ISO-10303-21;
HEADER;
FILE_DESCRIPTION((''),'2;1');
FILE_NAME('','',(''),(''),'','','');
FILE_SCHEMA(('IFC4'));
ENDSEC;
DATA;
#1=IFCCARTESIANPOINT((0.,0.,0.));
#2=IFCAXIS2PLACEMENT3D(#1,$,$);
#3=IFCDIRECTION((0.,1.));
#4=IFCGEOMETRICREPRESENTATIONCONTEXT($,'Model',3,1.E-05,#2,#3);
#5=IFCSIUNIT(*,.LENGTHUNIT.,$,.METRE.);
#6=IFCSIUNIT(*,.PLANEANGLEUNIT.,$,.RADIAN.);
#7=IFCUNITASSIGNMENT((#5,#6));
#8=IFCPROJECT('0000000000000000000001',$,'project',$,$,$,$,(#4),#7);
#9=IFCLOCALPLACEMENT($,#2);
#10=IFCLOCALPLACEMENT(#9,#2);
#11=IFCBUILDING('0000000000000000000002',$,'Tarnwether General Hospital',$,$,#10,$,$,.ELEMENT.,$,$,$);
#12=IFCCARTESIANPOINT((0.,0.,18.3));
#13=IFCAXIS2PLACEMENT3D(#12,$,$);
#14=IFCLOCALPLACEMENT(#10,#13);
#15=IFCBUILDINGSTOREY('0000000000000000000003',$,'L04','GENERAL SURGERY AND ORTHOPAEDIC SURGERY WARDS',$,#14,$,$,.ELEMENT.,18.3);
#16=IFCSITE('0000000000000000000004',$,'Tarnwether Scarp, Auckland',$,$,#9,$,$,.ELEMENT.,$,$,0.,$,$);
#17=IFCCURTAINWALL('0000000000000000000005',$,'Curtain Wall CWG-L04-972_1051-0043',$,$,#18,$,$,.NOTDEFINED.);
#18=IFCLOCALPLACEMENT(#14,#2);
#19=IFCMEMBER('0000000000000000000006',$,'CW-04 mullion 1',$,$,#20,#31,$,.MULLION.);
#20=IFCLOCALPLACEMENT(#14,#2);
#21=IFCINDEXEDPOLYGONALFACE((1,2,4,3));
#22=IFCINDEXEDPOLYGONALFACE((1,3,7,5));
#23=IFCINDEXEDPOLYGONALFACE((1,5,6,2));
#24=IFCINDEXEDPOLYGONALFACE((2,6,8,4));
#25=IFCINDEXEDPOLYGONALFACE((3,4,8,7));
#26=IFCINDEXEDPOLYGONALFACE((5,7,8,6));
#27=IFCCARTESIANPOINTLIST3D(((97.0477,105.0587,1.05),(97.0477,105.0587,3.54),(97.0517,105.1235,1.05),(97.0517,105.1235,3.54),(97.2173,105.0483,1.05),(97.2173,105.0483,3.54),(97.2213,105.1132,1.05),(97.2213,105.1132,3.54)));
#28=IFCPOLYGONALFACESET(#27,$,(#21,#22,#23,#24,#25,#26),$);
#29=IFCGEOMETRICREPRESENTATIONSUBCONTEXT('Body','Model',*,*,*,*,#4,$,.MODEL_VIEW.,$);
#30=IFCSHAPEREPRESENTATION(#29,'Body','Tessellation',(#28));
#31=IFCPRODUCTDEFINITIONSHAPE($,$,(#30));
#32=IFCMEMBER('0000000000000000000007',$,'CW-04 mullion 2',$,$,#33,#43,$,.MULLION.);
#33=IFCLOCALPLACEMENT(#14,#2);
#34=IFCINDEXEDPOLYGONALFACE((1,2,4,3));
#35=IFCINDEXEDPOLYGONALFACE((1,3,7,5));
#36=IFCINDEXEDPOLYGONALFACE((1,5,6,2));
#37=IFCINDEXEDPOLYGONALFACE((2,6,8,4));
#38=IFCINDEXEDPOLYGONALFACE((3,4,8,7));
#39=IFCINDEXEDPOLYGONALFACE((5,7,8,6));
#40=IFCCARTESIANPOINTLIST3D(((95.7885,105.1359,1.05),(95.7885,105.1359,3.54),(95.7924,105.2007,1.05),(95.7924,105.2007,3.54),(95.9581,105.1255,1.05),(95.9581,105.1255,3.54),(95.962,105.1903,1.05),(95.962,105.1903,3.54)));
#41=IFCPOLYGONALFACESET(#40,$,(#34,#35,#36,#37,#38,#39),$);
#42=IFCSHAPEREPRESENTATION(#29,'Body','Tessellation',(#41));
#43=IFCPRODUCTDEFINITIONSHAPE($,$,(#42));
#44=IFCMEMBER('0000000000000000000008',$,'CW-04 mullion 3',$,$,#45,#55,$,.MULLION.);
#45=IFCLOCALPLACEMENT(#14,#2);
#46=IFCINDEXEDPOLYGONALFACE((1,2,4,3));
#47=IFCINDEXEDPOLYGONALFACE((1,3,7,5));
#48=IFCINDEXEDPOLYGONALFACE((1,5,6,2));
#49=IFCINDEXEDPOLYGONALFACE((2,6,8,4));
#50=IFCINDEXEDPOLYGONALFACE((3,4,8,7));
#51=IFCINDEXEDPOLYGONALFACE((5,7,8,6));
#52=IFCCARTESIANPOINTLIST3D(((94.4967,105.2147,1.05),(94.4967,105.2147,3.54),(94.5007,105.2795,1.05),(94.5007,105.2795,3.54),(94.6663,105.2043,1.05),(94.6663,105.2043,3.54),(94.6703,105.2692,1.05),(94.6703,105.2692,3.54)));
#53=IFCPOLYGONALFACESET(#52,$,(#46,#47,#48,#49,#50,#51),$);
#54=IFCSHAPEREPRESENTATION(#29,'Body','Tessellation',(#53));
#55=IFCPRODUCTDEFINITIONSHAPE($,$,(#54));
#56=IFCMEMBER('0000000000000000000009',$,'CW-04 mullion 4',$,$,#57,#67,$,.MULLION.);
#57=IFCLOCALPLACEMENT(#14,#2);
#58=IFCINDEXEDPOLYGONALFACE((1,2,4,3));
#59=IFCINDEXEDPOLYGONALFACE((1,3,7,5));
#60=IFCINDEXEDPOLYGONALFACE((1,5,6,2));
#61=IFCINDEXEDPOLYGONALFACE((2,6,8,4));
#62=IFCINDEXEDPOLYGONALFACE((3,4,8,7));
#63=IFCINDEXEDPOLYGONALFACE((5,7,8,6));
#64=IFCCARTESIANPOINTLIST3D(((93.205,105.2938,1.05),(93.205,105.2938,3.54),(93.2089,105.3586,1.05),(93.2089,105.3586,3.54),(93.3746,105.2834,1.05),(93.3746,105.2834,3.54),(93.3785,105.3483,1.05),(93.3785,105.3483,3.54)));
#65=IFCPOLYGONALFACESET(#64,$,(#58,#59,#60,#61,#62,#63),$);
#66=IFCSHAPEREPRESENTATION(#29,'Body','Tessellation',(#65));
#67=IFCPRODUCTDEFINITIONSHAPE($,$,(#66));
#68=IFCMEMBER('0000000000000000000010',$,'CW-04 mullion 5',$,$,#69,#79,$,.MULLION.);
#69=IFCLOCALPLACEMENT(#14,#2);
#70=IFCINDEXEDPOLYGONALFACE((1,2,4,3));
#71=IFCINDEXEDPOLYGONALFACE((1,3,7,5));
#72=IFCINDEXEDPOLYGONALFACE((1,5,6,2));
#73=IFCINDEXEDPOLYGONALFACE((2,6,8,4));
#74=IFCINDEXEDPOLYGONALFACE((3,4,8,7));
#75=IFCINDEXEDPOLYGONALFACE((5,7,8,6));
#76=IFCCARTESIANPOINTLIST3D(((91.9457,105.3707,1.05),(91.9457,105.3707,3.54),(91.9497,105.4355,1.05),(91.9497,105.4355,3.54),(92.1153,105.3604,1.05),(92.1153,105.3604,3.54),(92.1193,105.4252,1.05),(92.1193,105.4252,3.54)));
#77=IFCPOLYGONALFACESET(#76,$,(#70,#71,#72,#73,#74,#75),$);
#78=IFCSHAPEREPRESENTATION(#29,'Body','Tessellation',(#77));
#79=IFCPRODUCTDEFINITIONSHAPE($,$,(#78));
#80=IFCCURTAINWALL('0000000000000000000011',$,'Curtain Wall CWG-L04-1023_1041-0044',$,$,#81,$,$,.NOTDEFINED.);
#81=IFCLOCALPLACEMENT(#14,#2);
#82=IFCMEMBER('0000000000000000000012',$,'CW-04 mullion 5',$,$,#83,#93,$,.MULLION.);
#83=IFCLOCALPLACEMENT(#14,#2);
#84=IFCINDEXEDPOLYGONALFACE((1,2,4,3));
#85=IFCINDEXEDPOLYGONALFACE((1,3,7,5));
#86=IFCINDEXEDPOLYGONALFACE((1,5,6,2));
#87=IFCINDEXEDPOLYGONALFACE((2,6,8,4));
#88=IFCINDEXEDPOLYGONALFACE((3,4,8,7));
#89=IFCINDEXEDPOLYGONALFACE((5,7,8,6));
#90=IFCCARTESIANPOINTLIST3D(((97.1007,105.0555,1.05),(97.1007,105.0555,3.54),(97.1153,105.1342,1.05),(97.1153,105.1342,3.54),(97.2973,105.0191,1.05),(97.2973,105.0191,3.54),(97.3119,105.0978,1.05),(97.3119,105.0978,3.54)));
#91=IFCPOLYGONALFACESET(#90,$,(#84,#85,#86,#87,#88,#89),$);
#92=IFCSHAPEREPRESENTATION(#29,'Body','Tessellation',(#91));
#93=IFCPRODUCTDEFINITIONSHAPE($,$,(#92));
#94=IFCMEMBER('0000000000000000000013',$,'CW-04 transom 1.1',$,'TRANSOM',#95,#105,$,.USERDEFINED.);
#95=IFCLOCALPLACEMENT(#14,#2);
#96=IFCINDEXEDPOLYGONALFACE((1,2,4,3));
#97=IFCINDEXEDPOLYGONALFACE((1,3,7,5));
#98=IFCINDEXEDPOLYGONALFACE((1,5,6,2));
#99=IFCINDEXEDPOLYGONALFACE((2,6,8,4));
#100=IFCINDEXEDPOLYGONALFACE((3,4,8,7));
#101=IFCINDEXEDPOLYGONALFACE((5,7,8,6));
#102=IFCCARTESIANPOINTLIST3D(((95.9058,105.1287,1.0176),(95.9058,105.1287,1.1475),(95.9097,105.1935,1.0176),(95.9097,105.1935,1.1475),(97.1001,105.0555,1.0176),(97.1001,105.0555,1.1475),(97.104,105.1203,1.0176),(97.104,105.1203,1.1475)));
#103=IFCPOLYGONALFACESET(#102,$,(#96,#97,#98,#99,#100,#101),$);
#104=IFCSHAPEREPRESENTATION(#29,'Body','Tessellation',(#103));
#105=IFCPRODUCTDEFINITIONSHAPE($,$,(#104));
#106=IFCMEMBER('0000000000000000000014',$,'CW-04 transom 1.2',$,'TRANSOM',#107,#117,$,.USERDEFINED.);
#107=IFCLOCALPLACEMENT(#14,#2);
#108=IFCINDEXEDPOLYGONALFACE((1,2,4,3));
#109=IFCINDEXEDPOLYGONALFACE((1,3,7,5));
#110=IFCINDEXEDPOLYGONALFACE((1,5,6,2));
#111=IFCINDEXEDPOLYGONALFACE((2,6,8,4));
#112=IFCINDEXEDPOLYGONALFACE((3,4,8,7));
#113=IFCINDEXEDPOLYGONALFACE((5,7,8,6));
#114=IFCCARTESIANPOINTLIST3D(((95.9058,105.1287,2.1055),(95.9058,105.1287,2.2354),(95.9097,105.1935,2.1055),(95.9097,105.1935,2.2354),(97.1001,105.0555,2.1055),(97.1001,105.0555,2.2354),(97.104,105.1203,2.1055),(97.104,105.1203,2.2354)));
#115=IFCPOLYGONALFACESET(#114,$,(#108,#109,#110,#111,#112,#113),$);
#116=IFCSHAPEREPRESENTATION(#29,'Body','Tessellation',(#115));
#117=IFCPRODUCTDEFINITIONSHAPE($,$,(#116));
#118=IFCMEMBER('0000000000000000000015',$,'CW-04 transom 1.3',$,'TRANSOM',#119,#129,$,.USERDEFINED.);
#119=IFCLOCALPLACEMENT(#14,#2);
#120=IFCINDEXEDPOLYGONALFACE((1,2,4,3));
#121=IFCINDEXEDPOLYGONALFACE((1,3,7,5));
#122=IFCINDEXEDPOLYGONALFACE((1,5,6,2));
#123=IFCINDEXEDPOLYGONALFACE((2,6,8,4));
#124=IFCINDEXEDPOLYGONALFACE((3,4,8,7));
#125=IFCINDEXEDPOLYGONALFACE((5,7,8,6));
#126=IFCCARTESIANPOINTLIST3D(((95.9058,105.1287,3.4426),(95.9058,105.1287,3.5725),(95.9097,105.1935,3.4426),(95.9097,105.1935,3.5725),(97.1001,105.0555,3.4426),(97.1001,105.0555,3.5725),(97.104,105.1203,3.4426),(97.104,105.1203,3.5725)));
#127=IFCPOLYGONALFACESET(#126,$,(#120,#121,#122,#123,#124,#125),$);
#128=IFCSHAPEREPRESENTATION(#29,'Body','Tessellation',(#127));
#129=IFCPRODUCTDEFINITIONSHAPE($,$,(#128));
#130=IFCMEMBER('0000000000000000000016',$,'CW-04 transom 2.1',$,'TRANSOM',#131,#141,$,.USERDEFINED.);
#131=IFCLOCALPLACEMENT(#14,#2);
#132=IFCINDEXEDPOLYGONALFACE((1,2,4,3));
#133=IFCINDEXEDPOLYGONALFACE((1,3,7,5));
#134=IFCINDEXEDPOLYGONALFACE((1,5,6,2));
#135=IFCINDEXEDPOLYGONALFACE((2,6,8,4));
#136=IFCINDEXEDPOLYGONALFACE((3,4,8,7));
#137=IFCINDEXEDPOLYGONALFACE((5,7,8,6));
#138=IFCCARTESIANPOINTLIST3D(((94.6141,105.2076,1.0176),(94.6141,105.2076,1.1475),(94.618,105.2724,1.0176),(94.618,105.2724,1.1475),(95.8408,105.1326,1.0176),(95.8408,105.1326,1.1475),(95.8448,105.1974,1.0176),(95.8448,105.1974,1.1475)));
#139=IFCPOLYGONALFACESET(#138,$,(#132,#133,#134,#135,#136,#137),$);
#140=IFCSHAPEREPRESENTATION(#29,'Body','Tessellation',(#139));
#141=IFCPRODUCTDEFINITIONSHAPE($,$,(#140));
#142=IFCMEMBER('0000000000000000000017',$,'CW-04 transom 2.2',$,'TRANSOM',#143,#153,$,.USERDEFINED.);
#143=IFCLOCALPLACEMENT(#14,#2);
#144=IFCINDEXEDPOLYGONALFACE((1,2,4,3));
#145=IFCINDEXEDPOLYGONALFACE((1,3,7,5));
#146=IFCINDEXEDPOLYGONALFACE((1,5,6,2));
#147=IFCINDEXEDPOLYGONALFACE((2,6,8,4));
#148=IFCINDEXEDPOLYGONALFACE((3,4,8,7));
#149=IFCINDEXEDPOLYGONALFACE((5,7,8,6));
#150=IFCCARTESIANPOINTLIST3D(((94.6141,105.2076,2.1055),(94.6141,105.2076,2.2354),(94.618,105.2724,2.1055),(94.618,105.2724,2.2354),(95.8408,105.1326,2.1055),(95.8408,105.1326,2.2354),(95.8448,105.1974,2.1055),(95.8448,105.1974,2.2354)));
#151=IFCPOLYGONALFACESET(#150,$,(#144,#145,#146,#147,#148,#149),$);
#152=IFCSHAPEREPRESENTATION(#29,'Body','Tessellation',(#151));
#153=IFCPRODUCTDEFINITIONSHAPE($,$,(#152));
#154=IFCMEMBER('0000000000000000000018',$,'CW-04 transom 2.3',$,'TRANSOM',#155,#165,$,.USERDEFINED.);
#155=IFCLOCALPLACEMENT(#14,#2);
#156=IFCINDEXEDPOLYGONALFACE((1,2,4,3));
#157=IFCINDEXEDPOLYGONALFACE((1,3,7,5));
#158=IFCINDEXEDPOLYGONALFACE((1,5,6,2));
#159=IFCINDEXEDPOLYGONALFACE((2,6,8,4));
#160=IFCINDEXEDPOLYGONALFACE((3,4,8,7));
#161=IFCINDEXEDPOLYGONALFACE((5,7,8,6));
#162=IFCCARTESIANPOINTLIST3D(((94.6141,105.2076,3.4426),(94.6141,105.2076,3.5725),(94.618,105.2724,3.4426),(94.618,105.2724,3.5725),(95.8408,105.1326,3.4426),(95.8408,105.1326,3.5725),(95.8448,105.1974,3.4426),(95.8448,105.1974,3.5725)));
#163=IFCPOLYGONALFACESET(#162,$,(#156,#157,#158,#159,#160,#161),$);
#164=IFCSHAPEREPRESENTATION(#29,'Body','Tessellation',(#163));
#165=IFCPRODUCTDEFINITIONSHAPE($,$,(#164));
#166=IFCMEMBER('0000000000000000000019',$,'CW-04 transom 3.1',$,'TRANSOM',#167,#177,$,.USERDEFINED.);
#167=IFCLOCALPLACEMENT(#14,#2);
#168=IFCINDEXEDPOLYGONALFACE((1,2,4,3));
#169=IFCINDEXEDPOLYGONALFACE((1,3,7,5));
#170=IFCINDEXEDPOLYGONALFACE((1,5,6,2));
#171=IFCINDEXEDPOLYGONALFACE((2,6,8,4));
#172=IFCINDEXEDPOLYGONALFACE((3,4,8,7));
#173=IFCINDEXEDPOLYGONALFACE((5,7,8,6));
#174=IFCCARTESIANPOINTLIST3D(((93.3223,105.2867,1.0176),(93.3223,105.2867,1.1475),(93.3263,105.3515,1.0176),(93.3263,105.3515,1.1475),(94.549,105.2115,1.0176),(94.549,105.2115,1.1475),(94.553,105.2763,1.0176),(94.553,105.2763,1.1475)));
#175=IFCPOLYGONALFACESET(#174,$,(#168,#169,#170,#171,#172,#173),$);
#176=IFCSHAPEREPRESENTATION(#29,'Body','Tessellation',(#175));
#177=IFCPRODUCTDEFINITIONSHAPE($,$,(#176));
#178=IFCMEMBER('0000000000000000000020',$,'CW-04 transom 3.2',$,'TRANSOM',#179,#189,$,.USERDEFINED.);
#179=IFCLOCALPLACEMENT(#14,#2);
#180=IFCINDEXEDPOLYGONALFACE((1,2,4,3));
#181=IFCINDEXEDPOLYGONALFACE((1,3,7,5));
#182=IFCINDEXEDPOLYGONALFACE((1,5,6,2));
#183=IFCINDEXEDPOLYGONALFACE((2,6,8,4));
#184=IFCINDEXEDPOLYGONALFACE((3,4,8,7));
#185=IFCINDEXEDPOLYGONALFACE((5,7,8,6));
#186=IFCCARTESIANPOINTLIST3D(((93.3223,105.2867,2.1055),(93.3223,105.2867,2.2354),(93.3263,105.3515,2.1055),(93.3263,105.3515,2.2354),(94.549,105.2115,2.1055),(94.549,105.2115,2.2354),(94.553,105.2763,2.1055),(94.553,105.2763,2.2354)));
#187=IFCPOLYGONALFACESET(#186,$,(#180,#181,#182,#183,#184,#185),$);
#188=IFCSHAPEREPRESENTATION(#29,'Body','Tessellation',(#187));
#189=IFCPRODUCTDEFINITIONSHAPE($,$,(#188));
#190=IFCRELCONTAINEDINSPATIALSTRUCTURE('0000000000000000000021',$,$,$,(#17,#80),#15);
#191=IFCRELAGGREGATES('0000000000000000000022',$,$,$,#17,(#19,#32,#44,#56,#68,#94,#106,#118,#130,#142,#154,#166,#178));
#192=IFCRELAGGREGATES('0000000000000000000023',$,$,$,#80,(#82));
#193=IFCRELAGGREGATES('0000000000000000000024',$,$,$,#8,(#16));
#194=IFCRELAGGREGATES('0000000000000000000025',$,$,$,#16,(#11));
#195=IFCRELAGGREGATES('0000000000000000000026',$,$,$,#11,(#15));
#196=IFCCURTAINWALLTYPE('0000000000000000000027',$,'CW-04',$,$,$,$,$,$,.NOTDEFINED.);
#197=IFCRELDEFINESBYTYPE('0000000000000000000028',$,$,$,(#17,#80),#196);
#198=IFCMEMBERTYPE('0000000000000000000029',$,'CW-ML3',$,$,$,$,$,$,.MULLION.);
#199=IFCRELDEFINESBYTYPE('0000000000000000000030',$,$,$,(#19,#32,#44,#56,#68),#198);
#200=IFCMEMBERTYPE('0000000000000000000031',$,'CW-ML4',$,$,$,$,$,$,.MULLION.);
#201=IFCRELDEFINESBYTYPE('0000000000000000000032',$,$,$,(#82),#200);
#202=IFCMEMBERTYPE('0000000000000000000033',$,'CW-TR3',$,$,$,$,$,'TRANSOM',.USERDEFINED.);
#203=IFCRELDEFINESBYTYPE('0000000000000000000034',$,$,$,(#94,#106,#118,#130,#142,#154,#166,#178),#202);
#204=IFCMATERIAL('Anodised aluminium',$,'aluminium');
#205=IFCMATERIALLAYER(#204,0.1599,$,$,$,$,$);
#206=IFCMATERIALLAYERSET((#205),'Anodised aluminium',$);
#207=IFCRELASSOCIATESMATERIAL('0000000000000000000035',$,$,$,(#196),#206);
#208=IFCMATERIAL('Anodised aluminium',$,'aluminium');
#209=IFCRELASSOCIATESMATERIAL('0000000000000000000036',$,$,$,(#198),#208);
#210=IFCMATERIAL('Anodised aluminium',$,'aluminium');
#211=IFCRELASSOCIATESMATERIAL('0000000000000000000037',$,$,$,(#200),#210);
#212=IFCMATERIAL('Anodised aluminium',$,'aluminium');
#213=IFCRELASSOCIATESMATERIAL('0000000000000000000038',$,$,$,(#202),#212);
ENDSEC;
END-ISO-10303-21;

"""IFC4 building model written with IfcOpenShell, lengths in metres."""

from ifc_helpers import new_model, si_unit, direction, frame, origin, origin_2d, place, context, subcontext, project, spatial, rectangle, extrude, material, layer, layer_set, material_profile, profile_set, type_object, element, aggregate, save


model = new_model("IFC4")

# Units and contexts
model_context = context("Model", 3, precision=1e-05, world=origin(), true_north=direction((0.0, 1.0)))
body_context = subcontext(model_context, "Body", "Model", "MODEL_VIEW")
ifc_project = project(units=[si_unit("LENGTHUNIT", "METRE"), si_unit("PLANEANGLEUNIT", "RADIAN")], contexts=[model_context])

# Site, building, storey
site_placement = place(None, origin())
site = spatial("IfcSite", under=ifc_project, at=site_placement, Name="Tarnwether Scarp, Auckland", CompositionType="ELEMENT", RefElevation=0.0)
building_placement = place(site_placement, origin())
building = spatial("IfcBuilding", under=site, at=building_placement, Name="Tarnwether General Hospital", CompositionType="ELEMENT")
storey_placement = place(building_placement, frame((0.0, 0.0, 18.3)))
storey = spatial("IfcBuildingStorey", under=building, at=storey_placement, Name="L04", Description="GENERAL SURGERY AND ORTHOPAEDIC SURGERY WARDS", CompositionType="ELEMENT", Elevation=18.3)

# Curtain wall, members
ifc_material_1 = material(Name="Anodised aluminium", Category="aluminium")
ifc_layer_1 = layer(ifc_material_1, 0.1599)
ifc_layer_set_1 = layer_set([ifc_layer_1], Name="Anodised aluminium")
curtain_wall_type = type_object("IfcCurtainWallType", Name="CW-04", PredefinedType="NOTDEFINED", material=ifc_layer_set_1)
curtain_wall_1_placement = place(storey_placement, origin())
curtain_wall_1 = element("IfcCurtainWall", 1, at=curtain_wall_1_placement, inside=storey, type_object=curtain_wall_type, Name="Curtain Wall CWG-L04-972_1051-0043", PredefinedType="NOTDEFINED")
ifc_material_2 = material(Name="Anodised aluminium", Category="aluminium")
ifc_material_profile_1 = material_profile(ifc_material_2, rectangle(XDim=0.0649, YDim=0.1699, at=origin_2d()), Name="ALU-MUL-65x170")
ifc_profile_set_1 = profile_set([ifc_material_profile_1], Name="Anodised aluminium")
member_type_1 = type_object("IfcMemberType", Name="CW-ML3", PredefinedType="MULLION", material=ifc_profile_set_1)
member_1_placement = place(storey_placement, frame((97.1345, 105.0859, 1.05), z_axis=(0.0, 0.0, 1.0), x_axis=(-0.061043, -0.998135, 0.0)))
member_1 = element("IfcMember", 2, at=member_1_placement, type_object=member_type_1, Name="CW-04 mullion 1", PredefinedType="MULLION", context=body_context, shape_type="SweptSolid", body=[
    extrude(rectangle(XDim=0.0649, YDim=0.1699, at=origin_2d()), origin(), (0.0, 0.0, 1.0), 2.49),
])
member_2_placement = place(storey_placement, frame((95.8752, 105.1631, 1.05), z_axis=(0.0, 0.0, 1.0), x_axis=(-0.061043, -0.998135, 0.0)))
member_2 = element("IfcMember", 3, at=member_2_placement, type_object=member_type_1, Name="CW-04 mullion 2", PredefinedType="MULLION", context=body_context, shape_type="SweptSolid", body=[
    extrude(rectangle(XDim=0.0649, YDim=0.1699, at=origin_2d()), origin(), (0.0, 0.0, 1.0), 2.49),
])
member_3_placement = place(storey_placement, frame((94.5835, 105.2419, 1.05), z_axis=(0.0, 0.0, 1.0), x_axis=(-0.061043, -0.998135, 0.0)))
member_3 = element("IfcMember", 4, at=member_3_placement, type_object=member_type_1, Name="CW-04 mullion 3", PredefinedType="MULLION", context=body_context, shape_type="SweptSolid", body=[
    extrude(rectangle(XDim=0.0649, YDim=0.1699, at=origin_2d()), origin(), (0.0, 0.0, 1.0), 2.49),
])
member_4_placement = place(storey_placement, frame((93.2917, 105.321, 1.05), z_axis=(0.0, 0.0, 1.0), x_axis=(-0.061043, -0.998135, 0.0)))
member_4 = element("IfcMember", 5, at=member_4_placement, type_object=member_type_1, Name="CW-04 mullion 4", PredefinedType="MULLION", context=body_context, shape_type="SweptSolid", body=[
    extrude(rectangle(XDim=0.0649, YDim=0.1699, at=origin_2d()), origin(), (0.0, 0.0, 1.0), 2.49),
])
member_5_placement = place(storey_placement, frame((92.0325, 105.3979, 1.05), z_axis=(0.0, 0.0, 1.0), x_axis=(-0.061043, -0.998135, 0.0)))
member_5 = element("IfcMember", 6, at=member_5_placement, type_object=member_type_1, Name="CW-04 mullion 5", PredefinedType="MULLION", context=body_context, shape_type="SweptSolid", body=[
    extrude(rectangle(XDim=0.0649, YDim=0.1699, at=origin_2d()), origin(), (0.0, 0.0, 1.0), 2.49),
])

# Curtain wall, member
curtain_wall_2_placement = place(storey_placement, origin())
curtain_wall_2 = element("IfcCurtainWall", 7, at=curtain_wall_2_placement, inside=storey, type_object=curtain_wall_type, Name="Curtain Wall CWG-L04-1023_1041-0044", PredefinedType="NOTDEFINED")
ifc_material_3 = material(Name="Anodised aluminium", Category="aluminium")
ifc_material_profile_2 = material_profile(ifc_material_3, rectangle(XDim=0.0801, YDim=0.2, at=origin_2d()), Name="ALU-MUL-80x200")
ifc_profile_set_2 = profile_set([ifc_material_profile_2], Name="Anodised aluminium")
member_type_2 = type_object("IfcMemberType", Name="CW-ML4", PredefinedType="MULLION", material=ifc_profile_set_2)
member_6_placement = place(storey_placement, frame((97.2063, 105.0767, 1.05), z_axis=(0.0, 0.0, 1.0), x_axis=(-0.182165, -0.983268, 0.0)))
member_6 = element("IfcMember", 8, at=member_6_placement, type_object=member_type_2, Name="CW-04 mullion 5", PredefinedType="MULLION", context=body_context, shape_type="SweptSolid", body=[
    extrude(rectangle(XDim=0.0801, YDim=0.2, at=origin_2d()), origin(), (0.0, 0.0, 1.0), 2.49),
])

# Members
ifc_material_4 = material(Name="Anodised aluminium", Category="aluminium")
ifc_material_profile_3 = material_profile(ifc_material_4, rectangle(XDim=0.0649, YDim=0.1299, at=origin_2d()), Name="ALU-TRN-65x130")
ifc_profile_set_3 = profile_set([ifc_material_profile_3], Name="Anodised aluminium")
member_type_3 = type_object("IfcMemberType", Name="CW-TR3", ElementType="TRANSOM", PredefinedType="USERDEFINED", material=ifc_profile_set_3)
member_7_placement = place(storey_placement, frame((97.1021, 105.0879, 1.0825), z_axis=(-0.998125, 0.06121, 0.0), x_axis=(-0.06121, -0.998125, 0.0)))
member_7 = element("IfcMember", 9, at=member_7_placement, type_object=member_type_3, Name="CW-04 transom 1.1", ObjectType="TRANSOM", PredefinedType="USERDEFINED", context=body_context, shape_type="SweptSolid", body=[
    extrude(rectangle(XDim=0.0649, YDim=0.1299, at=origin_2d()), origin(), (0.0, 0.0, 1.0), 1.1965),
])
member_8_placement = place(storey_placement, frame((97.1021, 105.0879, 2.1704), z_axis=(-0.998125, 0.06121, 0.0), x_axis=(-0.06121, -0.998125, 0.0)))
member_8 = element("IfcMember", 10, at=member_8_placement, type_object=member_type_3, Name="CW-04 transom 1.2", ObjectType="TRANSOM", PredefinedType="USERDEFINED", context=body_context, shape_type="SweptSolid", body=[
    extrude(rectangle(XDim=0.0649, YDim=0.1299, at=origin_2d()), origin(), (0.0, 0.0, 1.0), 1.1965),
])
member_9_placement = place(storey_placement, frame((97.1021, 105.0879, 3.5076), z_axis=(-0.998125, 0.06121, 0.0), x_axis=(-0.06121, -0.998125, 0.0)))
member_9 = element("IfcMember", 11, at=member_9_placement, type_object=member_type_3, Name="CW-04 transom 1.3", ObjectType="TRANSOM", PredefinedType="USERDEFINED", context=body_context, shape_type="SweptSolid", body=[
    extrude(rectangle(XDim=0.0649, YDim=0.1299, at=origin_2d()), origin(), (0.0, 0.0, 1.0), 1.1965),
])
member_10_placement = place(storey_placement, frame((95.8428, 105.165, 1.0825), z_axis=(-0.998139, 0.060981, 0.0), x_axis=(-0.060981, -0.998139, 0.0)))
member_10 = element("IfcMember", 12, at=member_10_placement, type_object=member_type_3, Name="CW-04 transom 2.1", ObjectType="TRANSOM", PredefinedType="USERDEFINED", context=body_context, shape_type="SweptSolid", body=[
    extrude(rectangle(XDim=0.0649, YDim=0.1299, at=origin_2d()), origin(), (0.0, 0.0, 1.0), 1.229),
])
member_11_placement = place(storey_placement, frame((95.8428, 105.165, 2.1704), z_axis=(-0.998139, 0.060981, 0.0), x_axis=(-0.060981, -0.998139, 0.0)))
member_11 = element("IfcMember", 13, at=member_11_placement, type_object=member_type_3, Name="CW-04 transom 2.2", ObjectType="TRANSOM", PredefinedType="USERDEFINED", context=body_context, shape_type="SweptSolid", body=[
    extrude(rectangle(XDim=0.0649, YDim=0.1299, at=origin_2d()), origin(), (0.0, 0.0, 1.0), 1.229),
])
member_12_placement = place(storey_placement, frame((95.8428, 105.165, 3.5076), z_axis=(-0.998139, 0.060981, 0.0), x_axis=(-0.060981, -0.998139, 0.0)))
member_12 = element("IfcMember", 14, at=member_12_placement, type_object=member_type_3, Name="CW-04 transom 2.3", ObjectType="TRANSOM", PredefinedType="USERDEFINED", context=body_context, shape_type="SweptSolid", body=[
    extrude(rectangle(XDim=0.0649, YDim=0.1299, at=origin_2d()), origin(), (0.0, 0.0, 1.0), 1.229),
])
member_13_placement = place(storey_placement, frame((94.551, 105.2439, 1.0825), z_axis=(-0.998127, 0.061179, 0.0), x_axis=(-0.061179, -0.998127, 0.0)))
member_13 = element("IfcMember", 15, at=member_13_placement, type_object=member_type_3, Name="CW-04 transom 3.1", ObjectType="TRANSOM", PredefinedType="USERDEFINED", context=body_context, shape_type="SweptSolid", body=[
    extrude(rectangle(XDim=0.0649, YDim=0.1299, at=origin_2d()), origin(), (0.0, 0.0, 1.0), 1.229),
])
member_14_placement = place(storey_placement, frame((94.551, 105.2439, 2.1704), z_axis=(-0.998127, 0.061179, 0.0), x_axis=(-0.061179, -0.998127, 0.0)))
member_14 = element("IfcMember", 16, at=member_14_placement, type_object=member_type_3, Name="CW-04 transom 3.2", ObjectType="TRANSOM", PredefinedType="USERDEFINED", context=body_context, shape_type="SweptSolid", body=[
    extrude(rectangle(XDim=0.0649, YDim=0.1299, at=origin_2d()), origin(), (0.0, 0.0, 1.0), 1.229),
])

aggregate(curtain_wall_1, [member_1, member_2, member_3, member_4, member_5, member_7, member_8, member_9, member_10, member_11, member_12, member_13, member_14])
aggregate(curtain_wall_2, [member_6])

save(model, "model.ifc")
